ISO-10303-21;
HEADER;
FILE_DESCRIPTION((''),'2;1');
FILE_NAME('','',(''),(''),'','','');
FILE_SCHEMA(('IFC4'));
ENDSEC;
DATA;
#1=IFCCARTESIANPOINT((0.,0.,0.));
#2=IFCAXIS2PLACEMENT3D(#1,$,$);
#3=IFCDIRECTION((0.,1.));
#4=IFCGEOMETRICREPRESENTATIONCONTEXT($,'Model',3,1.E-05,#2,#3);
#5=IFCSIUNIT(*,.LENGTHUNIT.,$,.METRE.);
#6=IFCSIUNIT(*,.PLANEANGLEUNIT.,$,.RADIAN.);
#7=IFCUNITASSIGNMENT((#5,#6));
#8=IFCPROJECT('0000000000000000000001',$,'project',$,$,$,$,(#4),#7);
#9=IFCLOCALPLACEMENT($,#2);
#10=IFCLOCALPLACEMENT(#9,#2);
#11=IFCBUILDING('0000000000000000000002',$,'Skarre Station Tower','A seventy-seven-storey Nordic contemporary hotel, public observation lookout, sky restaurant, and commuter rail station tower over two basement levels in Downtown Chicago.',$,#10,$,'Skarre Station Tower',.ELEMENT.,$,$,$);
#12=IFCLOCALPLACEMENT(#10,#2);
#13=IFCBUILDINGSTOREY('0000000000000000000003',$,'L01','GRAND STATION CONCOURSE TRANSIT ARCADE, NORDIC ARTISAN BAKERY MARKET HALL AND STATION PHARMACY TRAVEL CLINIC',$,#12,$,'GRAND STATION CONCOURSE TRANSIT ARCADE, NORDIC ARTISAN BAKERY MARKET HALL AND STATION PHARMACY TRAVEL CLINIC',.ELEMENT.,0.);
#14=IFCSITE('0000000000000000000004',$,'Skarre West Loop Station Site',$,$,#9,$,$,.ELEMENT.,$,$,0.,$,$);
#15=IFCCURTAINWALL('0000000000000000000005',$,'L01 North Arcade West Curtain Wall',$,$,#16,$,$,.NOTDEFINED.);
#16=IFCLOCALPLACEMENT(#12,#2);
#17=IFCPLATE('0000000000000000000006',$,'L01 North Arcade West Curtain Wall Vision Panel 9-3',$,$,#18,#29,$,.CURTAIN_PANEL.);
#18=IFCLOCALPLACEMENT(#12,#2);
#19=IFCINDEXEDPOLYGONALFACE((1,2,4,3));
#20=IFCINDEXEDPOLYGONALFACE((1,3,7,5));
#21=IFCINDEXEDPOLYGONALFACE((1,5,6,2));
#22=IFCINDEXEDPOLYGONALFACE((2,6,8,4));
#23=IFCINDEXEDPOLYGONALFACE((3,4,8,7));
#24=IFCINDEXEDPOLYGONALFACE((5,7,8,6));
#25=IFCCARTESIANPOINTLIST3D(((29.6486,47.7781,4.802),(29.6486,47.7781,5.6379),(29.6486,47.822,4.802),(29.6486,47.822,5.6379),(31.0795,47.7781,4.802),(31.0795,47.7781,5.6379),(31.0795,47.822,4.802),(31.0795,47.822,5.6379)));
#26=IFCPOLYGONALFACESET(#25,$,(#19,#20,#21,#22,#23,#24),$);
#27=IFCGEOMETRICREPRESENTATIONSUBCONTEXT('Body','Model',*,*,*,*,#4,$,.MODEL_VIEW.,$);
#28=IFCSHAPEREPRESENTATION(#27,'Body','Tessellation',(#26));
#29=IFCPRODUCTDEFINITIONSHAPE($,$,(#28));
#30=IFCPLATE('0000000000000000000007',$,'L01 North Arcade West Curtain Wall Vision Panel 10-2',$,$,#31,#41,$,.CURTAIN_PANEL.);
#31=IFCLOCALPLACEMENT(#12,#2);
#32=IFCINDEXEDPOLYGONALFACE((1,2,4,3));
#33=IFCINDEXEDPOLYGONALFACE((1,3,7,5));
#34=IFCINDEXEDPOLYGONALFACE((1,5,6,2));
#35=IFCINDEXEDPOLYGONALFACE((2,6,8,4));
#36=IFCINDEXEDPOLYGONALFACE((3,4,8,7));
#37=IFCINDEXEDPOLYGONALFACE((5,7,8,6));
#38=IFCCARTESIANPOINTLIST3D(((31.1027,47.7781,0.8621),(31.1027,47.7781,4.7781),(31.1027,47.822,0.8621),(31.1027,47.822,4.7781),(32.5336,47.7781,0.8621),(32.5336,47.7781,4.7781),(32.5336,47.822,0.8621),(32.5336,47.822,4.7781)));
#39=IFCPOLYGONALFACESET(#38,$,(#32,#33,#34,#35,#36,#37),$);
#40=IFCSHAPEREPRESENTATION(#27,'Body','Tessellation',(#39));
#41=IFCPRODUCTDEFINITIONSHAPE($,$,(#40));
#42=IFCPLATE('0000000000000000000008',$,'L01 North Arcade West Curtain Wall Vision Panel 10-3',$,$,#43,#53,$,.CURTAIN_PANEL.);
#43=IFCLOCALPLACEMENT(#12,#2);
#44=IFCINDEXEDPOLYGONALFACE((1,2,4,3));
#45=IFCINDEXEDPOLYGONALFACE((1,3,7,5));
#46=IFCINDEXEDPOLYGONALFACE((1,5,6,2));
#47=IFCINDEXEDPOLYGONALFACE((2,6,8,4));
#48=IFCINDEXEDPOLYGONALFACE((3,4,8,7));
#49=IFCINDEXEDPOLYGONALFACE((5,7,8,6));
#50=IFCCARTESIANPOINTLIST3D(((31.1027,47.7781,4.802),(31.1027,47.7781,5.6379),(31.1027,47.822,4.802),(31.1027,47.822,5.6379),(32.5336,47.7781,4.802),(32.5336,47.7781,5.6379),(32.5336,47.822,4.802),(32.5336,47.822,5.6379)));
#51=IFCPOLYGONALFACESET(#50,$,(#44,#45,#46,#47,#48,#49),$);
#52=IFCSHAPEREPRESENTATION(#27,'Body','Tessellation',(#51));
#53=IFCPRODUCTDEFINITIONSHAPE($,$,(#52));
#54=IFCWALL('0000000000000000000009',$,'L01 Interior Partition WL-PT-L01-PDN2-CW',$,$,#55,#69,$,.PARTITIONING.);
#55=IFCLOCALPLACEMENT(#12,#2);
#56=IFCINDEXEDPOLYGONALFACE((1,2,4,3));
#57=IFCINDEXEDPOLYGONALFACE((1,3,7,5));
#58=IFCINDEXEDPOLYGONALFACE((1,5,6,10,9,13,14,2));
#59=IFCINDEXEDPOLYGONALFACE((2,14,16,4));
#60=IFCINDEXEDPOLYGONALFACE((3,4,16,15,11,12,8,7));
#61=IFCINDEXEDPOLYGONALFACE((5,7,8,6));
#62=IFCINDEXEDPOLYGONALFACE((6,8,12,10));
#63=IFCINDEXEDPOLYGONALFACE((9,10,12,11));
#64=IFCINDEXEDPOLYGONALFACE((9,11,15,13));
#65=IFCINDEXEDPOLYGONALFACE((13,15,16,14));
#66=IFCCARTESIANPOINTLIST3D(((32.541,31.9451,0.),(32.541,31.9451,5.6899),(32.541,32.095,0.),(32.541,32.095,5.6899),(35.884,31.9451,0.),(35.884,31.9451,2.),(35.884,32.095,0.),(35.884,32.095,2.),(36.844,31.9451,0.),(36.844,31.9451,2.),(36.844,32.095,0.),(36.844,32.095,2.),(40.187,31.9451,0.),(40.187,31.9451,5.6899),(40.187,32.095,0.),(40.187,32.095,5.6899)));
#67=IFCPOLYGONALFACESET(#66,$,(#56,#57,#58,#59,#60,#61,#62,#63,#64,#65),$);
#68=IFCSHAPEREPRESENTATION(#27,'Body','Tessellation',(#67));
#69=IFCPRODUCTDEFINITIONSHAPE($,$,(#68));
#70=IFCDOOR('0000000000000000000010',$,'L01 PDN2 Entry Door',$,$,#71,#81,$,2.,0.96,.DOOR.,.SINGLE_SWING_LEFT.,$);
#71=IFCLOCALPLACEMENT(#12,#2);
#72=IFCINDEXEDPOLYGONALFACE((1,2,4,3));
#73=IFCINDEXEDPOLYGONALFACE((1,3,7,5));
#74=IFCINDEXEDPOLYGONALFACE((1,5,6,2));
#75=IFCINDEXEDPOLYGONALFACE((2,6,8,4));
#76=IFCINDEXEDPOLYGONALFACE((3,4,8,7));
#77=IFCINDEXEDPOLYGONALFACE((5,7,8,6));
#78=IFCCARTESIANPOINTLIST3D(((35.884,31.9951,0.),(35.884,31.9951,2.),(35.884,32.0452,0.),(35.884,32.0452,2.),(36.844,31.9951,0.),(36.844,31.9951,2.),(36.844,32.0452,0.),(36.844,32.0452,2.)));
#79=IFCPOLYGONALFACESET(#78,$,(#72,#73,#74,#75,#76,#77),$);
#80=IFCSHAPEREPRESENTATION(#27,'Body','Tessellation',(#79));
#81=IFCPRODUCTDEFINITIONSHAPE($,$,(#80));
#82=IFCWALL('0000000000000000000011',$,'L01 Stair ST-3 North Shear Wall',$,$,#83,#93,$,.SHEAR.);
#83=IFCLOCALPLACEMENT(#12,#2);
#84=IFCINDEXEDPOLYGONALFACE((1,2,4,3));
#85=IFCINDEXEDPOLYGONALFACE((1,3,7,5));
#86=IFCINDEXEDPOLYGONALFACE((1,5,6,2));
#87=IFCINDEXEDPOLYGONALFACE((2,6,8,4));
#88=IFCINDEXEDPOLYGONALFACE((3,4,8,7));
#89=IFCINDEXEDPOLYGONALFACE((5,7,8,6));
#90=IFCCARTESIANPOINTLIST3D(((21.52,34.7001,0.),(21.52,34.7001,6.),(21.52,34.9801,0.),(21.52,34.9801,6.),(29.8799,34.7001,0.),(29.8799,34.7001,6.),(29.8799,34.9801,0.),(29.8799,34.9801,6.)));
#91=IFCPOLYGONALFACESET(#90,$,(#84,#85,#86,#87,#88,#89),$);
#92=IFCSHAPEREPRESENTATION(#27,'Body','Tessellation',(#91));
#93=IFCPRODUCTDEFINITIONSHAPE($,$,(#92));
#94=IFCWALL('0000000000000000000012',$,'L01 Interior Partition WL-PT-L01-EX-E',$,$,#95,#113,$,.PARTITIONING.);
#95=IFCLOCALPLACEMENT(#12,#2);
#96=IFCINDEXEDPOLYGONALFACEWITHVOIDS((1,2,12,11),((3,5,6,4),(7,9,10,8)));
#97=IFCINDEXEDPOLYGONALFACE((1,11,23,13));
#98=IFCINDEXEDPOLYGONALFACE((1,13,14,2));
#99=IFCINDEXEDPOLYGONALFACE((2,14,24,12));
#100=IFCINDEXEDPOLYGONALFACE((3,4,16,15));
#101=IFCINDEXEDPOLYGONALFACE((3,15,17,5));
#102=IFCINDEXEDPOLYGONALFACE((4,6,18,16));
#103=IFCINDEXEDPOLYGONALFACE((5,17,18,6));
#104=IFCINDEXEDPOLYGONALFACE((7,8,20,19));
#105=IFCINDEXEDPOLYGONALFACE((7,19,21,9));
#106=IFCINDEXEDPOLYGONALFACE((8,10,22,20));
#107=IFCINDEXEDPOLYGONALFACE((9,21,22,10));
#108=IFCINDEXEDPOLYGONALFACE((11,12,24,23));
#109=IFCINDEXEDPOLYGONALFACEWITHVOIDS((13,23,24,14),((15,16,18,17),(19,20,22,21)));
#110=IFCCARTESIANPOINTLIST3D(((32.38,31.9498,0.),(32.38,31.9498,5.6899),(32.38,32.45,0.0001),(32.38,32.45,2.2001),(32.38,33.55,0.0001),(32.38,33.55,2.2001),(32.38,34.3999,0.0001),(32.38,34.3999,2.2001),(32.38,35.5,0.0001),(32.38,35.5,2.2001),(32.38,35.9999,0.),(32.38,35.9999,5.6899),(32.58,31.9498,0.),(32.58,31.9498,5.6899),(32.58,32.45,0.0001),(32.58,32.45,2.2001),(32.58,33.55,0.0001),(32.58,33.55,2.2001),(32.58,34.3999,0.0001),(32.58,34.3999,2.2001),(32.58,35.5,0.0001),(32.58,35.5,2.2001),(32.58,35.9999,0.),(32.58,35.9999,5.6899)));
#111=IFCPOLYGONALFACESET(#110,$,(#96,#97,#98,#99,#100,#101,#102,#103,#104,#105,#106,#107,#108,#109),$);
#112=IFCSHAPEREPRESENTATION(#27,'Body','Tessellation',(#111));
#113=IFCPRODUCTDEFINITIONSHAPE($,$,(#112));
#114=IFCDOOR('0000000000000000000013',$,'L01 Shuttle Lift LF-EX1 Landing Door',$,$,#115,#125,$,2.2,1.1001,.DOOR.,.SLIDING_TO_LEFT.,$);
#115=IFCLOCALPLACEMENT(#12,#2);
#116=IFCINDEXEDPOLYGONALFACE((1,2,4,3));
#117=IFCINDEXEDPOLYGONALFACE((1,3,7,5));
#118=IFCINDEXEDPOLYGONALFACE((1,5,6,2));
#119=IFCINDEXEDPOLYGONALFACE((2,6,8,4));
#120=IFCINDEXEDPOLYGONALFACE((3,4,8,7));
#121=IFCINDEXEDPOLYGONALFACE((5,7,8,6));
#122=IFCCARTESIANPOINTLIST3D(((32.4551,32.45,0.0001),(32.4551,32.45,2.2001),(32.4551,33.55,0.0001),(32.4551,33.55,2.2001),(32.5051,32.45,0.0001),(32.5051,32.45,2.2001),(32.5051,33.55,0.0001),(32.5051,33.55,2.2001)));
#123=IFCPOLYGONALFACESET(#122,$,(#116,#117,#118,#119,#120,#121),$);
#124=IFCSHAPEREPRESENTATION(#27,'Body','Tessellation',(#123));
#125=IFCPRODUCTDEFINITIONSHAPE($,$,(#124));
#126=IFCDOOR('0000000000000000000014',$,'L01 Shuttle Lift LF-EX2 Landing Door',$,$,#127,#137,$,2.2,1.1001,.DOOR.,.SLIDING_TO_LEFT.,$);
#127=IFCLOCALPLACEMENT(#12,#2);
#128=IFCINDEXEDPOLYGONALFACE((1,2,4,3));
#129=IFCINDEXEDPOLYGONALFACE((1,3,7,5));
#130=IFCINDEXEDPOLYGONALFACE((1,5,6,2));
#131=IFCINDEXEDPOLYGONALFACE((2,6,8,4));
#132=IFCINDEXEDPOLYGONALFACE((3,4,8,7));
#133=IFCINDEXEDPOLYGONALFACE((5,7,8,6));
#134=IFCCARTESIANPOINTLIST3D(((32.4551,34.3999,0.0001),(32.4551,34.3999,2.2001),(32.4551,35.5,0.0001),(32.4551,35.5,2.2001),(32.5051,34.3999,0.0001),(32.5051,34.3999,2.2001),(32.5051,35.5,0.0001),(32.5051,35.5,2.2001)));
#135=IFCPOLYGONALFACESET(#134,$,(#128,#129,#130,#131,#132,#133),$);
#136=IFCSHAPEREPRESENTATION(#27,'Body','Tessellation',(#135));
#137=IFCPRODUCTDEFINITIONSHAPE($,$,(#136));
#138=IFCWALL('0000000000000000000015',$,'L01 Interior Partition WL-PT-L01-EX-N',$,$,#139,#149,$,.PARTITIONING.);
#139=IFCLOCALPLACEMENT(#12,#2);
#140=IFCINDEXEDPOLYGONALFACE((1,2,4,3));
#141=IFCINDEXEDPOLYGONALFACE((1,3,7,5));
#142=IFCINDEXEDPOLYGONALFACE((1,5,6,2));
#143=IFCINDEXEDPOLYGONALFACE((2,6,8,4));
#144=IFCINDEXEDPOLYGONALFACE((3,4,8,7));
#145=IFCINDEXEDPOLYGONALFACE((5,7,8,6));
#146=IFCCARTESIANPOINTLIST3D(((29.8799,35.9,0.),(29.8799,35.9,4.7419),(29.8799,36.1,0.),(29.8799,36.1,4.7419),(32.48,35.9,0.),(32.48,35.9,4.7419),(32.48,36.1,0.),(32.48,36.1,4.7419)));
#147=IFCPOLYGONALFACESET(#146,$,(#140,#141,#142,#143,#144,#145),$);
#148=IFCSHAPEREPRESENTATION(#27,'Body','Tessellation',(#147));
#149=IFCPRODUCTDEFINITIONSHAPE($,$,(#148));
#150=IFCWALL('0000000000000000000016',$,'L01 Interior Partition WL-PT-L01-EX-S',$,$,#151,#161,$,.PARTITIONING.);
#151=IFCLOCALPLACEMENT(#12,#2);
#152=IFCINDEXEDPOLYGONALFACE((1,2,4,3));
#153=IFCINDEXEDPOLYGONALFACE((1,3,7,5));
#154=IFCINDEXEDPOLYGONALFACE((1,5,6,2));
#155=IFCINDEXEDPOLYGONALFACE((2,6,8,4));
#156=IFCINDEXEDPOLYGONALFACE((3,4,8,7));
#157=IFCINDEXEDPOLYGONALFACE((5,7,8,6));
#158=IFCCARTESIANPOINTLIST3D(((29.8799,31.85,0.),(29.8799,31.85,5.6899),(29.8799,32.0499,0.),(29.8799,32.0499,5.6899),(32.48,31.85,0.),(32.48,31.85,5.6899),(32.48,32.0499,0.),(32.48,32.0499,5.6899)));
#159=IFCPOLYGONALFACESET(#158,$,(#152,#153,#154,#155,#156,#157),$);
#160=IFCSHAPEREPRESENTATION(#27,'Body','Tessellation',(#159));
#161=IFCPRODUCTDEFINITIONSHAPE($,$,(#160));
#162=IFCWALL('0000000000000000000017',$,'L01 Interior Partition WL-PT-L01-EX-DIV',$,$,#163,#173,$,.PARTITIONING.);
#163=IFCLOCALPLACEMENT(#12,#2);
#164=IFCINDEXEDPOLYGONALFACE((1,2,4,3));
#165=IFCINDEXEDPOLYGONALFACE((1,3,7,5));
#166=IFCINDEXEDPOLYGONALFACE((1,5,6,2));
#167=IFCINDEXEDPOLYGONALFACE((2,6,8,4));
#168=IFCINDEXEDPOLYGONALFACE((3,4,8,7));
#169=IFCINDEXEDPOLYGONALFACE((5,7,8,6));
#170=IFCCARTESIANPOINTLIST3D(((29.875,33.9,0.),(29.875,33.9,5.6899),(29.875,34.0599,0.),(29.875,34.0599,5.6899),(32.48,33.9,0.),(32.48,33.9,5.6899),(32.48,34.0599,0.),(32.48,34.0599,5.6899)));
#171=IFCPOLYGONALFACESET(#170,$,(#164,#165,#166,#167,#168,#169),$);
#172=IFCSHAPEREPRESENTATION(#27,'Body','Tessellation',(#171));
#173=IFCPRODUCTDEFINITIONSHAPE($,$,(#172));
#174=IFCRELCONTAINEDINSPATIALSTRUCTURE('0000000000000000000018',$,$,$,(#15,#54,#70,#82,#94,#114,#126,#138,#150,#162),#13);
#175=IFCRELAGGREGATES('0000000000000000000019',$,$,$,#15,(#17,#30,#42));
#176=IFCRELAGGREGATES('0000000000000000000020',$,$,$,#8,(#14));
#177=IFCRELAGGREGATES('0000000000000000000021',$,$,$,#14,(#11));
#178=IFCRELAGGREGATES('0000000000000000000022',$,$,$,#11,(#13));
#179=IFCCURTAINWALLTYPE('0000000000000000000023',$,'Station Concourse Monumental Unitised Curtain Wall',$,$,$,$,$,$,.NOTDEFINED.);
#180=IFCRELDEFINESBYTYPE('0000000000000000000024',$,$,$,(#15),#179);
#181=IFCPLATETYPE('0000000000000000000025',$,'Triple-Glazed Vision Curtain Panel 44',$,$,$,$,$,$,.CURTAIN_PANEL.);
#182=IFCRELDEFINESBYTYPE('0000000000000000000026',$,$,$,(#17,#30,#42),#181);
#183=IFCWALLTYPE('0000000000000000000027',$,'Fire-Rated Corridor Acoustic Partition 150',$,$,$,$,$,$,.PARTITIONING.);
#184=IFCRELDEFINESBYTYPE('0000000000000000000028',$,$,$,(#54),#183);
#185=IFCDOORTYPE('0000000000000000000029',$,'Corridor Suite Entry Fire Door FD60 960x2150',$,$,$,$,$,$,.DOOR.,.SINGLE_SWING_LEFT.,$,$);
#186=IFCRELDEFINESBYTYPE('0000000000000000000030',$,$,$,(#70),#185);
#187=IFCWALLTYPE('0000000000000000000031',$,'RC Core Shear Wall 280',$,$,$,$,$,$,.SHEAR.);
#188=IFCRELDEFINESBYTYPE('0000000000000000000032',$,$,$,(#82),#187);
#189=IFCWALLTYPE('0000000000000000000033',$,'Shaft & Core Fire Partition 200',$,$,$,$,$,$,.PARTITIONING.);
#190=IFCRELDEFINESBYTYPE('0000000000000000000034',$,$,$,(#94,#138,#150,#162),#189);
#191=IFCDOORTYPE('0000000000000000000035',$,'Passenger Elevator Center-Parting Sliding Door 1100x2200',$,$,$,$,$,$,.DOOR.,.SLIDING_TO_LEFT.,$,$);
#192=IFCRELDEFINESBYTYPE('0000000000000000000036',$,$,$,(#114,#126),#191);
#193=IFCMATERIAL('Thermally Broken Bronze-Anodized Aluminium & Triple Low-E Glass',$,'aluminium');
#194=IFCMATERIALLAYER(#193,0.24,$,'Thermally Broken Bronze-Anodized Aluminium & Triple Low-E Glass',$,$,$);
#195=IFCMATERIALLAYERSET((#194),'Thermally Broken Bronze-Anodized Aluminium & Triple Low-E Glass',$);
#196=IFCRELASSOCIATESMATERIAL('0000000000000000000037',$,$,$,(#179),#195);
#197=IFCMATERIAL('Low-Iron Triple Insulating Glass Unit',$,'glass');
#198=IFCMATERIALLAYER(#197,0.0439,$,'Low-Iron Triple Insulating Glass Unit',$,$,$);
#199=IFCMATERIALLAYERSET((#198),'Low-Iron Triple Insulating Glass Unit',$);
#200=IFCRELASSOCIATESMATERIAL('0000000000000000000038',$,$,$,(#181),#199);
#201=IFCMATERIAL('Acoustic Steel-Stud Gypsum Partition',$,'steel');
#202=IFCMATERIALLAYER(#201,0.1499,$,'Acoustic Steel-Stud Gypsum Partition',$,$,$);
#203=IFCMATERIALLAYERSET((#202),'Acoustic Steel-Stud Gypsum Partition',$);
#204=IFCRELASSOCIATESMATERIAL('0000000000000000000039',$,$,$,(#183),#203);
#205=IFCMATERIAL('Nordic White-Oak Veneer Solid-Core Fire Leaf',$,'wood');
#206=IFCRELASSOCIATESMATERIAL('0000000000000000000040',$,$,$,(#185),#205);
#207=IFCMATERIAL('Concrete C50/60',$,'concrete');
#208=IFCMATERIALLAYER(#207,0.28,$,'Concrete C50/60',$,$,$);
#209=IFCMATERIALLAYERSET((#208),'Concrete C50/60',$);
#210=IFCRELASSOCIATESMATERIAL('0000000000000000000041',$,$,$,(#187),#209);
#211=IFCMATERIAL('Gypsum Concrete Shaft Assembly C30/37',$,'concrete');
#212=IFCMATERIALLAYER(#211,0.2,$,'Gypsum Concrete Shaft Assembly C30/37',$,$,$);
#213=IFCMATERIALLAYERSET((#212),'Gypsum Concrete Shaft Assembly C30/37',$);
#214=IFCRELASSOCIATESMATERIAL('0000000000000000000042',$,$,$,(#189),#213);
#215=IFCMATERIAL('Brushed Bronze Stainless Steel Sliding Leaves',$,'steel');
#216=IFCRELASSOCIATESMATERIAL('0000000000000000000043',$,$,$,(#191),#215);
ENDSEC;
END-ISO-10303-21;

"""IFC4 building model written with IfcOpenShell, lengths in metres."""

from ifc_helpers import new_model, si_unit, direction, frame, frame_2d, origin, origin_2d, place, context, subcontext, project, spatial, rectangle, extrude, material, layer, layer_set, type_object, element, fill, aggregate, save


model = new_model("IFC4")

# Units and contexts
model_context = context("Model", 3, precision=1e-05, world=origin(), true_north=direction((0.0, 1.0)))
body_context = subcontext(model_context, "Body", "Model", "MODEL_VIEW")
ifc_project = project(units=[si_unit("LENGTHUNIT", "METRE"), si_unit("PLANEANGLEUNIT", "RADIAN")], contexts=[model_context])

# Site, building, storey
site_placement = place(None, origin())
site = spatial("IfcSite", under=ifc_project, at=site_placement, Name="Skarre West Loop Station Site", CompositionType="ELEMENT", RefElevation=0.0)
building_placement = place(site_placement, origin())
building = spatial("IfcBuilding", under=site, at=building_placement, Name="Skarre Station Tower", Description="A seventy-seven-storey Nordic contemporary hotel, public observation lookout, sky restaurant, and commuter rail station tower over two basement levels in Downtown Chicago.", LongName="Skarre Station Tower", CompositionType="ELEMENT")
storey_placement = place(building_placement, origin())
storey = spatial("IfcBuildingStorey", under=building, at=storey_placement, Name="L01", Description="GRAND STATION CONCOURSE TRANSIT ARCADE, NORDIC ARTISAN BAKERY MARKET HALL AND STATION PHARMACY TRAVEL CLINIC", LongName="GRAND STATION CONCOURSE TRANSIT ARCADE, NORDIC ARTISAN BAKERY MARKET HALL AND STATION PHARMACY TRAVEL CLINIC", CompositionType="ELEMENT", Elevation=0.0)

# Curtain wall
ifc_material_1 = material(Name="Thermally Broken Bronze-Anodized Aluminium & Triple Low-E Glass", Category="aluminium")
ifc_layer_1 = layer(ifc_material_1, 0.24, Name="Thermally Broken Bronze-Anodized Aluminium & Triple Low-E Glass")
ifc_layer_set_1 = layer_set([ifc_layer_1], Name="Thermally Broken Bronze-Anodized Aluminium & Triple Low-E Glass")
curtain_wall_type = type_object("IfcCurtainWallType", Name="Station Concourse Monumental Unitised Curtain Wall", PredefinedType="NOTDEFINED", material=ifc_layer_set_1)
curtain_wall_placement = place(storey_placement, origin())
curtain_wall = element("IfcCurtainWall", 1, at=curtain_wall_placement, inside=storey, type_object=curtain_wall_type, Name="L01 North Arcade West Curtain Wall", PredefinedType="NOTDEFINED")

# Plates
ifc_material_2 = material(Name="Low-Iron Triple Insulating Glass Unit", Category="glass")
ifc_layer_2 = layer(ifc_material_2, 0.0439, Name="Low-Iron Triple Insulating Glass Unit")
ifc_layer_set_2 = layer_set([ifc_layer_2], Name="Low-Iron Triple Insulating Glass Unit")
plate_type_1 = type_object("IfcPlateType", Name="Triple-Glazed Vision Curtain Panel 44", PredefinedType="CURTAIN_PANEL", material=ifc_layer_set_2)
plate_1_placement = place(storey_placement, frame((30.364, 47.8, 4.802), z_axis=(0.0, 0.0, 1.0), x_axis=(1.0, 0.0, 0.0)))
plate_1 = element("IfcPlate", 2, at=plate_1_placement, type_object=plate_type_1, Name="L01 North Arcade West Curtain Wall Vision Panel 9-3", PredefinedType="CURTAIN_PANEL", context=body_context, shape_type="SweptSolid", body=[
    extrude(rectangle(XDim=1.4309, YDim=0.0439, at=origin_2d()), origin(), (0.0, 0.0, 1.0), 0.8359),
])
plate_2_placement = place(storey_placement, frame((31.8181, 47.8, 0.8621), z_axis=(0.0, 0.0, 1.0), x_axis=(1.0, 0.0, 0.0)))
plate_2 = element("IfcPlate", 3, at=plate_2_placement, type_object=plate_type_1, Name="L01 North Arcade West Curtain Wall Vision Panel 10-2", PredefinedType="CURTAIN_PANEL", context=body_context, shape_type="SweptSolid", body=[
    extrude(rectangle(XDim=1.4309, YDim=0.0439, at=origin_2d()), origin(), (0.0, 0.0, 1.0), 3.916),
])
plate_3_placement = place(storey_placement, frame((31.8181, 47.8, 4.802), z_axis=(0.0, 0.0, 1.0), x_axis=(1.0, 0.0, 0.0)))
plate_3 = element("IfcPlate", 4, at=plate_3_placement, type_object=plate_type_1, Name="L01 North Arcade West Curtain Wall Vision Panel 10-3", PredefinedType="CURTAIN_PANEL", context=body_context, shape_type="SweptSolid", body=[
    extrude(rectangle(XDim=1.4309, YDim=0.0439, at=origin_2d()), origin(), (0.0, 0.0, 1.0), 0.8359),
])
aggregate(curtain_wall, [plate_1, plate_2, plate_3])

# Wall, opening, door
ifc_material_3 = material(Name="Acoustic Steel-Stud Gypsum Partition", Category="steel")
ifc_layer_3 = layer(ifc_material_3, 0.1499, Name="Acoustic Steel-Stud Gypsum Partition")
ifc_layer_set_3 = layer_set([ifc_layer_3], Name="Acoustic Steel-Stud Gypsum Partition")
wall_type_1 = type_object("IfcWallType", Name="Fire-Rated Corridor Acoustic Partition 150", PredefinedType="PARTITIONING", material=ifc_layer_set_3)
wall_1_placement = place(storey_placement, frame((40.187, 32.02, 0.0), z_axis=(0.0, 0.0, 1.0), x_axis=(-1.0, 0.0, 0.0)))
wall_1 = element("IfcWall", 5, at=wall_1_placement, inside=storey, type_object=wall_type_1, Name="L01 Interior Partition WL-PT-L01-PDN2-CW", PredefinedType="PARTITIONING", context=body_context, shape_type="SweptSolid", body=[
    extrude(rectangle(XDim=7.646, YDim=0.1499, at=frame_2d((3.823, 0.0))), origin(), (0.0, 0.0, 1.0), 5.6899),
])
opening_1_placement = place(wall_1_placement, frame((3.343, 0.0, 0.0)))
opening_1 = element("IfcOpeningElement", 6, at=opening_1_placement, cuts=wall_1, PredefinedType="OPENING", context=body_context, shape_type="SweptSolid", body=[
    extrude(rectangle(XDim=0.96, YDim=2.0, at=frame_2d((0.48, 1.0))), frame((0.0, 0.085, 0.0), z_axis=(0.0, -1.0, 0.0), x_axis=(1.0, 0.0, 0.0)), (0.0, 0.0, 1.0), 0.1699),
])
ifc_material_4 = material(Name="Nordic White-Oak Veneer Solid-Core Fire Leaf", Category="wood")
door_type_1 = type_object("IfcDoorType", Name="Corridor Suite Entry Fire Door FD60 960x2150", OperationType="SINGLE_SWING_LEFT", PredefinedType="DOOR", material=ifc_material_4)
door_1_placement = place(opening_1_placement, origin())
door_1 = element("IfcDoor", 7, at=door_1_placement, inside=storey, type_object=door_type_1, Name="L01 PDN2 Entry Door", OperationType="SINGLE_SWING_LEFT", OverallHeight=2.0, OverallWidth=0.96, PredefinedType="DOOR", context=body_context, shape_type="SweptSolid", body=[
    extrude(rectangle(XDim=0.96, YDim=2.0, at=frame_2d((0.48, 1.0))), frame((0.0, 0.0249, 0.0), z_axis=(0.0, -1.0, 0.0), x_axis=(1.0, 0.0, 0.0)), (0.0, 0.0, 1.0), 0.05),
])
fill(opening_1, door_1)

# Wall
ifc_material_5 = material(Name="Concrete C50/60", Category="concrete")
ifc_layer_4 = layer(ifc_material_5, 0.28, Name="Concrete C50/60")
ifc_layer_set_4 = layer_set([ifc_layer_4], Name="Concrete C50/60")
wall_type_2 = type_object("IfcWallType", Name="RC Core Shear Wall 280", PredefinedType="SHEAR", material=ifc_layer_set_4)
wall_2_placement = place(storey_placement, frame((29.8799, 34.8401, 0.0), z_axis=(0.0, 0.0, 1.0), x_axis=(-1.0, 0.0, 0.0)))
element("IfcWall", 8, at=wall_2_placement, inside=storey, type_object=wall_type_2, Name="L01 Stair ST-3 North Shear Wall", PredefinedType="SHEAR", context=body_context, shape_type="SweptSolid", body=[
    extrude(rectangle(XDim=8.3599, YDim=0.28, at=frame_2d((4.1799, 0.0))), origin(), (0.0, 0.0, 1.0), 6.0),
])

# Wall, openings, doors
ifc_material_6 = material(Name="Gypsum Concrete Shaft Assembly C30/37", Category="concrete")
ifc_layer_5 = layer(ifc_material_6, 0.2, Name="Gypsum Concrete Shaft Assembly C30/37")
ifc_layer_set_5 = layer_set([ifc_layer_5], Name="Gypsum Concrete Shaft Assembly C30/37")
wall_type_3 = type_object("IfcWallType", Name="Shaft & Core Fire Partition 200", PredefinedType="PARTITIONING", material=ifc_layer_set_5)
wall_3_placement = place(storey_placement, frame((32.48, 31.95, 0.0), z_axis=(0.0, 0.0, 1.0), x_axis=(0.0, 1.0, 0.0)))
wall_3 = element("IfcWall", 9, at=wall_3_placement, inside=storey, type_object=wall_type_3, Name="L01 Interior Partition WL-PT-L01-EX-E", PredefinedType="PARTITIONING", context=body_context, shape_type="SweptSolid", body=[
    extrude(rectangle(XDim=4.05, YDim=0.2, at=frame_2d((2.0249, 0.0))), origin(), (0.0, 0.0, 1.0), 5.6899),
])
opening_2_placement = place(wall_3_placement, frame((0.5, 0.0, 0.0)))
opening_2 = element("IfcOpeningElement", 10, at=opening_2_placement, cuts=wall_3, PredefinedType="OPENING", context=body_context, shape_type="SweptSolid", body=[
    extrude(rectangle(XDim=1.1001, YDim=2.2, at=frame_2d((0.55, 1.1001))), frame((0.0, 0.1099, 0.0), z_axis=(0.0, -1.0, 0.0), x_axis=(1.0, 0.0, 0.0)), (0.0, 0.0, 1.0), 0.22),
])
opening_3_placement = place(wall_3_placement, frame((2.45, 0.0, 0.0)))
opening_3 = element("IfcOpeningElement", 11, at=opening_3_placement, cuts=wall_3, PredefinedType="OPENING", context=body_context, shape_type="SweptSolid", body=[
    extrude(rectangle(XDim=1.1001, YDim=2.2, at=frame_2d((0.55, 1.1001))), frame((0.0, 0.1099, 0.0), z_axis=(0.0, -1.0, 0.0), x_axis=(1.0, 0.0, 0.0)), (0.0, 0.0, 1.0), 0.22),
])
ifc_material_7 = material(Name="Brushed Bronze Stainless Steel Sliding Leaves", Category="steel")
door_type_2 = type_object("IfcDoorType", Name="Passenger Elevator Center-Parting Sliding Door 1100x2200", OperationType="SLIDING_TO_LEFT", PredefinedType="DOOR", material=ifc_material_7)
door_2_placement = place(opening_2_placement, origin())
door_2 = element("IfcDoor", 12, at=door_2_placement, inside=storey, type_object=door_type_2, Name="L01 Shuttle Lift LF-EX1 Landing Door", OperationType="SLIDING_TO_LEFT", OverallHeight=2.2, OverallWidth=1.1001, PredefinedType="DOOR", context=body_context, shape_type="SweptSolid", body=[
    extrude(rectangle(XDim=1.1001, YDim=2.2, at=frame_2d((0.55, 1.1001))), frame((0.0, 0.0249, 0.0), z_axis=(0.0, -1.0, 0.0), x_axis=(1.0, 0.0, 0.0)), (0.0, 0.0, 1.0), 0.05),
])
fill(opening_2, door_2)
door_3_placement = place(opening_3_placement, origin())
door_3 = element("IfcDoor", 13, at=door_3_placement, inside=storey, type_object=door_type_2, Name="L01 Shuttle Lift LF-EX2 Landing Door", OperationType="SLIDING_TO_LEFT", OverallHeight=2.2, OverallWidth=1.1001, PredefinedType="DOOR", context=body_context, shape_type="SweptSolid", body=[
    extrude(rectangle(XDim=1.1001, YDim=2.2, at=frame_2d((0.55, 1.1001))), frame((0.0, 0.0249, 0.0), z_axis=(0.0, -1.0, 0.0), x_axis=(1.0, 0.0, 0.0)), (0.0, 0.0, 1.0), 0.05),
])
fill(opening_3, door_3)

# Walls
wall_4_placement = place(storey_placement, frame((29.8799, 36.0, 0.0), z_axis=(0.0, 0.0, 1.0), x_axis=(1.0, 0.0, 0.0)))
element("IfcWall", 14, at=wall_4_placement, inside=storey, type_object=wall_type_3, Name="L01 Interior Partition WL-PT-L01-EX-N", PredefinedType="PARTITIONING", context=body_context, shape_type="SweptSolid", body=[
    extrude(rectangle(XDim=2.6001, YDim=0.2, at=frame_2d((1.3, 0.0))), origin(), (0.0, 0.0, 1.0), 4.7419),
])
wall_5_placement = place(storey_placement, frame((32.48, 31.95, 0.0), z_axis=(0.0, 0.0, 1.0), x_axis=(-1.0, 0.0, 0.0)))
element("IfcWall", 15, at=wall_5_placement, inside=storey, type_object=wall_type_3, Name="L01 Interior Partition WL-PT-L01-EX-S", PredefinedType="PARTITIONING", context=body_context, shape_type="SweptSolid", body=[
    extrude(rectangle(XDim=2.6001, YDim=0.2, at=frame_2d((1.3, 0.0))), origin(), (0.0, 0.0, 1.0), 5.6899),
])
wall_6_placement = place(storey_placement, frame((29.875, 33.98, 0.0), z_axis=(0.0, 0.0, 1.0), x_axis=(1.0, 0.0, 0.0)))
element("IfcWall", 16, at=wall_6_placement, inside=storey, type_object=wall_type_3, Name="L01 Interior Partition WL-PT-L01-EX-DIV", PredefinedType="PARTITIONING", context=body_context, shape_type="SweptSolid", body=[
    extrude(rectangle(XDim=2.605, YDim=0.1599, at=frame_2d((1.3025, 0.0))), origin(), (0.0, 0.0, 1.0), 5.6899),
])

save(model, "model.ifc")
